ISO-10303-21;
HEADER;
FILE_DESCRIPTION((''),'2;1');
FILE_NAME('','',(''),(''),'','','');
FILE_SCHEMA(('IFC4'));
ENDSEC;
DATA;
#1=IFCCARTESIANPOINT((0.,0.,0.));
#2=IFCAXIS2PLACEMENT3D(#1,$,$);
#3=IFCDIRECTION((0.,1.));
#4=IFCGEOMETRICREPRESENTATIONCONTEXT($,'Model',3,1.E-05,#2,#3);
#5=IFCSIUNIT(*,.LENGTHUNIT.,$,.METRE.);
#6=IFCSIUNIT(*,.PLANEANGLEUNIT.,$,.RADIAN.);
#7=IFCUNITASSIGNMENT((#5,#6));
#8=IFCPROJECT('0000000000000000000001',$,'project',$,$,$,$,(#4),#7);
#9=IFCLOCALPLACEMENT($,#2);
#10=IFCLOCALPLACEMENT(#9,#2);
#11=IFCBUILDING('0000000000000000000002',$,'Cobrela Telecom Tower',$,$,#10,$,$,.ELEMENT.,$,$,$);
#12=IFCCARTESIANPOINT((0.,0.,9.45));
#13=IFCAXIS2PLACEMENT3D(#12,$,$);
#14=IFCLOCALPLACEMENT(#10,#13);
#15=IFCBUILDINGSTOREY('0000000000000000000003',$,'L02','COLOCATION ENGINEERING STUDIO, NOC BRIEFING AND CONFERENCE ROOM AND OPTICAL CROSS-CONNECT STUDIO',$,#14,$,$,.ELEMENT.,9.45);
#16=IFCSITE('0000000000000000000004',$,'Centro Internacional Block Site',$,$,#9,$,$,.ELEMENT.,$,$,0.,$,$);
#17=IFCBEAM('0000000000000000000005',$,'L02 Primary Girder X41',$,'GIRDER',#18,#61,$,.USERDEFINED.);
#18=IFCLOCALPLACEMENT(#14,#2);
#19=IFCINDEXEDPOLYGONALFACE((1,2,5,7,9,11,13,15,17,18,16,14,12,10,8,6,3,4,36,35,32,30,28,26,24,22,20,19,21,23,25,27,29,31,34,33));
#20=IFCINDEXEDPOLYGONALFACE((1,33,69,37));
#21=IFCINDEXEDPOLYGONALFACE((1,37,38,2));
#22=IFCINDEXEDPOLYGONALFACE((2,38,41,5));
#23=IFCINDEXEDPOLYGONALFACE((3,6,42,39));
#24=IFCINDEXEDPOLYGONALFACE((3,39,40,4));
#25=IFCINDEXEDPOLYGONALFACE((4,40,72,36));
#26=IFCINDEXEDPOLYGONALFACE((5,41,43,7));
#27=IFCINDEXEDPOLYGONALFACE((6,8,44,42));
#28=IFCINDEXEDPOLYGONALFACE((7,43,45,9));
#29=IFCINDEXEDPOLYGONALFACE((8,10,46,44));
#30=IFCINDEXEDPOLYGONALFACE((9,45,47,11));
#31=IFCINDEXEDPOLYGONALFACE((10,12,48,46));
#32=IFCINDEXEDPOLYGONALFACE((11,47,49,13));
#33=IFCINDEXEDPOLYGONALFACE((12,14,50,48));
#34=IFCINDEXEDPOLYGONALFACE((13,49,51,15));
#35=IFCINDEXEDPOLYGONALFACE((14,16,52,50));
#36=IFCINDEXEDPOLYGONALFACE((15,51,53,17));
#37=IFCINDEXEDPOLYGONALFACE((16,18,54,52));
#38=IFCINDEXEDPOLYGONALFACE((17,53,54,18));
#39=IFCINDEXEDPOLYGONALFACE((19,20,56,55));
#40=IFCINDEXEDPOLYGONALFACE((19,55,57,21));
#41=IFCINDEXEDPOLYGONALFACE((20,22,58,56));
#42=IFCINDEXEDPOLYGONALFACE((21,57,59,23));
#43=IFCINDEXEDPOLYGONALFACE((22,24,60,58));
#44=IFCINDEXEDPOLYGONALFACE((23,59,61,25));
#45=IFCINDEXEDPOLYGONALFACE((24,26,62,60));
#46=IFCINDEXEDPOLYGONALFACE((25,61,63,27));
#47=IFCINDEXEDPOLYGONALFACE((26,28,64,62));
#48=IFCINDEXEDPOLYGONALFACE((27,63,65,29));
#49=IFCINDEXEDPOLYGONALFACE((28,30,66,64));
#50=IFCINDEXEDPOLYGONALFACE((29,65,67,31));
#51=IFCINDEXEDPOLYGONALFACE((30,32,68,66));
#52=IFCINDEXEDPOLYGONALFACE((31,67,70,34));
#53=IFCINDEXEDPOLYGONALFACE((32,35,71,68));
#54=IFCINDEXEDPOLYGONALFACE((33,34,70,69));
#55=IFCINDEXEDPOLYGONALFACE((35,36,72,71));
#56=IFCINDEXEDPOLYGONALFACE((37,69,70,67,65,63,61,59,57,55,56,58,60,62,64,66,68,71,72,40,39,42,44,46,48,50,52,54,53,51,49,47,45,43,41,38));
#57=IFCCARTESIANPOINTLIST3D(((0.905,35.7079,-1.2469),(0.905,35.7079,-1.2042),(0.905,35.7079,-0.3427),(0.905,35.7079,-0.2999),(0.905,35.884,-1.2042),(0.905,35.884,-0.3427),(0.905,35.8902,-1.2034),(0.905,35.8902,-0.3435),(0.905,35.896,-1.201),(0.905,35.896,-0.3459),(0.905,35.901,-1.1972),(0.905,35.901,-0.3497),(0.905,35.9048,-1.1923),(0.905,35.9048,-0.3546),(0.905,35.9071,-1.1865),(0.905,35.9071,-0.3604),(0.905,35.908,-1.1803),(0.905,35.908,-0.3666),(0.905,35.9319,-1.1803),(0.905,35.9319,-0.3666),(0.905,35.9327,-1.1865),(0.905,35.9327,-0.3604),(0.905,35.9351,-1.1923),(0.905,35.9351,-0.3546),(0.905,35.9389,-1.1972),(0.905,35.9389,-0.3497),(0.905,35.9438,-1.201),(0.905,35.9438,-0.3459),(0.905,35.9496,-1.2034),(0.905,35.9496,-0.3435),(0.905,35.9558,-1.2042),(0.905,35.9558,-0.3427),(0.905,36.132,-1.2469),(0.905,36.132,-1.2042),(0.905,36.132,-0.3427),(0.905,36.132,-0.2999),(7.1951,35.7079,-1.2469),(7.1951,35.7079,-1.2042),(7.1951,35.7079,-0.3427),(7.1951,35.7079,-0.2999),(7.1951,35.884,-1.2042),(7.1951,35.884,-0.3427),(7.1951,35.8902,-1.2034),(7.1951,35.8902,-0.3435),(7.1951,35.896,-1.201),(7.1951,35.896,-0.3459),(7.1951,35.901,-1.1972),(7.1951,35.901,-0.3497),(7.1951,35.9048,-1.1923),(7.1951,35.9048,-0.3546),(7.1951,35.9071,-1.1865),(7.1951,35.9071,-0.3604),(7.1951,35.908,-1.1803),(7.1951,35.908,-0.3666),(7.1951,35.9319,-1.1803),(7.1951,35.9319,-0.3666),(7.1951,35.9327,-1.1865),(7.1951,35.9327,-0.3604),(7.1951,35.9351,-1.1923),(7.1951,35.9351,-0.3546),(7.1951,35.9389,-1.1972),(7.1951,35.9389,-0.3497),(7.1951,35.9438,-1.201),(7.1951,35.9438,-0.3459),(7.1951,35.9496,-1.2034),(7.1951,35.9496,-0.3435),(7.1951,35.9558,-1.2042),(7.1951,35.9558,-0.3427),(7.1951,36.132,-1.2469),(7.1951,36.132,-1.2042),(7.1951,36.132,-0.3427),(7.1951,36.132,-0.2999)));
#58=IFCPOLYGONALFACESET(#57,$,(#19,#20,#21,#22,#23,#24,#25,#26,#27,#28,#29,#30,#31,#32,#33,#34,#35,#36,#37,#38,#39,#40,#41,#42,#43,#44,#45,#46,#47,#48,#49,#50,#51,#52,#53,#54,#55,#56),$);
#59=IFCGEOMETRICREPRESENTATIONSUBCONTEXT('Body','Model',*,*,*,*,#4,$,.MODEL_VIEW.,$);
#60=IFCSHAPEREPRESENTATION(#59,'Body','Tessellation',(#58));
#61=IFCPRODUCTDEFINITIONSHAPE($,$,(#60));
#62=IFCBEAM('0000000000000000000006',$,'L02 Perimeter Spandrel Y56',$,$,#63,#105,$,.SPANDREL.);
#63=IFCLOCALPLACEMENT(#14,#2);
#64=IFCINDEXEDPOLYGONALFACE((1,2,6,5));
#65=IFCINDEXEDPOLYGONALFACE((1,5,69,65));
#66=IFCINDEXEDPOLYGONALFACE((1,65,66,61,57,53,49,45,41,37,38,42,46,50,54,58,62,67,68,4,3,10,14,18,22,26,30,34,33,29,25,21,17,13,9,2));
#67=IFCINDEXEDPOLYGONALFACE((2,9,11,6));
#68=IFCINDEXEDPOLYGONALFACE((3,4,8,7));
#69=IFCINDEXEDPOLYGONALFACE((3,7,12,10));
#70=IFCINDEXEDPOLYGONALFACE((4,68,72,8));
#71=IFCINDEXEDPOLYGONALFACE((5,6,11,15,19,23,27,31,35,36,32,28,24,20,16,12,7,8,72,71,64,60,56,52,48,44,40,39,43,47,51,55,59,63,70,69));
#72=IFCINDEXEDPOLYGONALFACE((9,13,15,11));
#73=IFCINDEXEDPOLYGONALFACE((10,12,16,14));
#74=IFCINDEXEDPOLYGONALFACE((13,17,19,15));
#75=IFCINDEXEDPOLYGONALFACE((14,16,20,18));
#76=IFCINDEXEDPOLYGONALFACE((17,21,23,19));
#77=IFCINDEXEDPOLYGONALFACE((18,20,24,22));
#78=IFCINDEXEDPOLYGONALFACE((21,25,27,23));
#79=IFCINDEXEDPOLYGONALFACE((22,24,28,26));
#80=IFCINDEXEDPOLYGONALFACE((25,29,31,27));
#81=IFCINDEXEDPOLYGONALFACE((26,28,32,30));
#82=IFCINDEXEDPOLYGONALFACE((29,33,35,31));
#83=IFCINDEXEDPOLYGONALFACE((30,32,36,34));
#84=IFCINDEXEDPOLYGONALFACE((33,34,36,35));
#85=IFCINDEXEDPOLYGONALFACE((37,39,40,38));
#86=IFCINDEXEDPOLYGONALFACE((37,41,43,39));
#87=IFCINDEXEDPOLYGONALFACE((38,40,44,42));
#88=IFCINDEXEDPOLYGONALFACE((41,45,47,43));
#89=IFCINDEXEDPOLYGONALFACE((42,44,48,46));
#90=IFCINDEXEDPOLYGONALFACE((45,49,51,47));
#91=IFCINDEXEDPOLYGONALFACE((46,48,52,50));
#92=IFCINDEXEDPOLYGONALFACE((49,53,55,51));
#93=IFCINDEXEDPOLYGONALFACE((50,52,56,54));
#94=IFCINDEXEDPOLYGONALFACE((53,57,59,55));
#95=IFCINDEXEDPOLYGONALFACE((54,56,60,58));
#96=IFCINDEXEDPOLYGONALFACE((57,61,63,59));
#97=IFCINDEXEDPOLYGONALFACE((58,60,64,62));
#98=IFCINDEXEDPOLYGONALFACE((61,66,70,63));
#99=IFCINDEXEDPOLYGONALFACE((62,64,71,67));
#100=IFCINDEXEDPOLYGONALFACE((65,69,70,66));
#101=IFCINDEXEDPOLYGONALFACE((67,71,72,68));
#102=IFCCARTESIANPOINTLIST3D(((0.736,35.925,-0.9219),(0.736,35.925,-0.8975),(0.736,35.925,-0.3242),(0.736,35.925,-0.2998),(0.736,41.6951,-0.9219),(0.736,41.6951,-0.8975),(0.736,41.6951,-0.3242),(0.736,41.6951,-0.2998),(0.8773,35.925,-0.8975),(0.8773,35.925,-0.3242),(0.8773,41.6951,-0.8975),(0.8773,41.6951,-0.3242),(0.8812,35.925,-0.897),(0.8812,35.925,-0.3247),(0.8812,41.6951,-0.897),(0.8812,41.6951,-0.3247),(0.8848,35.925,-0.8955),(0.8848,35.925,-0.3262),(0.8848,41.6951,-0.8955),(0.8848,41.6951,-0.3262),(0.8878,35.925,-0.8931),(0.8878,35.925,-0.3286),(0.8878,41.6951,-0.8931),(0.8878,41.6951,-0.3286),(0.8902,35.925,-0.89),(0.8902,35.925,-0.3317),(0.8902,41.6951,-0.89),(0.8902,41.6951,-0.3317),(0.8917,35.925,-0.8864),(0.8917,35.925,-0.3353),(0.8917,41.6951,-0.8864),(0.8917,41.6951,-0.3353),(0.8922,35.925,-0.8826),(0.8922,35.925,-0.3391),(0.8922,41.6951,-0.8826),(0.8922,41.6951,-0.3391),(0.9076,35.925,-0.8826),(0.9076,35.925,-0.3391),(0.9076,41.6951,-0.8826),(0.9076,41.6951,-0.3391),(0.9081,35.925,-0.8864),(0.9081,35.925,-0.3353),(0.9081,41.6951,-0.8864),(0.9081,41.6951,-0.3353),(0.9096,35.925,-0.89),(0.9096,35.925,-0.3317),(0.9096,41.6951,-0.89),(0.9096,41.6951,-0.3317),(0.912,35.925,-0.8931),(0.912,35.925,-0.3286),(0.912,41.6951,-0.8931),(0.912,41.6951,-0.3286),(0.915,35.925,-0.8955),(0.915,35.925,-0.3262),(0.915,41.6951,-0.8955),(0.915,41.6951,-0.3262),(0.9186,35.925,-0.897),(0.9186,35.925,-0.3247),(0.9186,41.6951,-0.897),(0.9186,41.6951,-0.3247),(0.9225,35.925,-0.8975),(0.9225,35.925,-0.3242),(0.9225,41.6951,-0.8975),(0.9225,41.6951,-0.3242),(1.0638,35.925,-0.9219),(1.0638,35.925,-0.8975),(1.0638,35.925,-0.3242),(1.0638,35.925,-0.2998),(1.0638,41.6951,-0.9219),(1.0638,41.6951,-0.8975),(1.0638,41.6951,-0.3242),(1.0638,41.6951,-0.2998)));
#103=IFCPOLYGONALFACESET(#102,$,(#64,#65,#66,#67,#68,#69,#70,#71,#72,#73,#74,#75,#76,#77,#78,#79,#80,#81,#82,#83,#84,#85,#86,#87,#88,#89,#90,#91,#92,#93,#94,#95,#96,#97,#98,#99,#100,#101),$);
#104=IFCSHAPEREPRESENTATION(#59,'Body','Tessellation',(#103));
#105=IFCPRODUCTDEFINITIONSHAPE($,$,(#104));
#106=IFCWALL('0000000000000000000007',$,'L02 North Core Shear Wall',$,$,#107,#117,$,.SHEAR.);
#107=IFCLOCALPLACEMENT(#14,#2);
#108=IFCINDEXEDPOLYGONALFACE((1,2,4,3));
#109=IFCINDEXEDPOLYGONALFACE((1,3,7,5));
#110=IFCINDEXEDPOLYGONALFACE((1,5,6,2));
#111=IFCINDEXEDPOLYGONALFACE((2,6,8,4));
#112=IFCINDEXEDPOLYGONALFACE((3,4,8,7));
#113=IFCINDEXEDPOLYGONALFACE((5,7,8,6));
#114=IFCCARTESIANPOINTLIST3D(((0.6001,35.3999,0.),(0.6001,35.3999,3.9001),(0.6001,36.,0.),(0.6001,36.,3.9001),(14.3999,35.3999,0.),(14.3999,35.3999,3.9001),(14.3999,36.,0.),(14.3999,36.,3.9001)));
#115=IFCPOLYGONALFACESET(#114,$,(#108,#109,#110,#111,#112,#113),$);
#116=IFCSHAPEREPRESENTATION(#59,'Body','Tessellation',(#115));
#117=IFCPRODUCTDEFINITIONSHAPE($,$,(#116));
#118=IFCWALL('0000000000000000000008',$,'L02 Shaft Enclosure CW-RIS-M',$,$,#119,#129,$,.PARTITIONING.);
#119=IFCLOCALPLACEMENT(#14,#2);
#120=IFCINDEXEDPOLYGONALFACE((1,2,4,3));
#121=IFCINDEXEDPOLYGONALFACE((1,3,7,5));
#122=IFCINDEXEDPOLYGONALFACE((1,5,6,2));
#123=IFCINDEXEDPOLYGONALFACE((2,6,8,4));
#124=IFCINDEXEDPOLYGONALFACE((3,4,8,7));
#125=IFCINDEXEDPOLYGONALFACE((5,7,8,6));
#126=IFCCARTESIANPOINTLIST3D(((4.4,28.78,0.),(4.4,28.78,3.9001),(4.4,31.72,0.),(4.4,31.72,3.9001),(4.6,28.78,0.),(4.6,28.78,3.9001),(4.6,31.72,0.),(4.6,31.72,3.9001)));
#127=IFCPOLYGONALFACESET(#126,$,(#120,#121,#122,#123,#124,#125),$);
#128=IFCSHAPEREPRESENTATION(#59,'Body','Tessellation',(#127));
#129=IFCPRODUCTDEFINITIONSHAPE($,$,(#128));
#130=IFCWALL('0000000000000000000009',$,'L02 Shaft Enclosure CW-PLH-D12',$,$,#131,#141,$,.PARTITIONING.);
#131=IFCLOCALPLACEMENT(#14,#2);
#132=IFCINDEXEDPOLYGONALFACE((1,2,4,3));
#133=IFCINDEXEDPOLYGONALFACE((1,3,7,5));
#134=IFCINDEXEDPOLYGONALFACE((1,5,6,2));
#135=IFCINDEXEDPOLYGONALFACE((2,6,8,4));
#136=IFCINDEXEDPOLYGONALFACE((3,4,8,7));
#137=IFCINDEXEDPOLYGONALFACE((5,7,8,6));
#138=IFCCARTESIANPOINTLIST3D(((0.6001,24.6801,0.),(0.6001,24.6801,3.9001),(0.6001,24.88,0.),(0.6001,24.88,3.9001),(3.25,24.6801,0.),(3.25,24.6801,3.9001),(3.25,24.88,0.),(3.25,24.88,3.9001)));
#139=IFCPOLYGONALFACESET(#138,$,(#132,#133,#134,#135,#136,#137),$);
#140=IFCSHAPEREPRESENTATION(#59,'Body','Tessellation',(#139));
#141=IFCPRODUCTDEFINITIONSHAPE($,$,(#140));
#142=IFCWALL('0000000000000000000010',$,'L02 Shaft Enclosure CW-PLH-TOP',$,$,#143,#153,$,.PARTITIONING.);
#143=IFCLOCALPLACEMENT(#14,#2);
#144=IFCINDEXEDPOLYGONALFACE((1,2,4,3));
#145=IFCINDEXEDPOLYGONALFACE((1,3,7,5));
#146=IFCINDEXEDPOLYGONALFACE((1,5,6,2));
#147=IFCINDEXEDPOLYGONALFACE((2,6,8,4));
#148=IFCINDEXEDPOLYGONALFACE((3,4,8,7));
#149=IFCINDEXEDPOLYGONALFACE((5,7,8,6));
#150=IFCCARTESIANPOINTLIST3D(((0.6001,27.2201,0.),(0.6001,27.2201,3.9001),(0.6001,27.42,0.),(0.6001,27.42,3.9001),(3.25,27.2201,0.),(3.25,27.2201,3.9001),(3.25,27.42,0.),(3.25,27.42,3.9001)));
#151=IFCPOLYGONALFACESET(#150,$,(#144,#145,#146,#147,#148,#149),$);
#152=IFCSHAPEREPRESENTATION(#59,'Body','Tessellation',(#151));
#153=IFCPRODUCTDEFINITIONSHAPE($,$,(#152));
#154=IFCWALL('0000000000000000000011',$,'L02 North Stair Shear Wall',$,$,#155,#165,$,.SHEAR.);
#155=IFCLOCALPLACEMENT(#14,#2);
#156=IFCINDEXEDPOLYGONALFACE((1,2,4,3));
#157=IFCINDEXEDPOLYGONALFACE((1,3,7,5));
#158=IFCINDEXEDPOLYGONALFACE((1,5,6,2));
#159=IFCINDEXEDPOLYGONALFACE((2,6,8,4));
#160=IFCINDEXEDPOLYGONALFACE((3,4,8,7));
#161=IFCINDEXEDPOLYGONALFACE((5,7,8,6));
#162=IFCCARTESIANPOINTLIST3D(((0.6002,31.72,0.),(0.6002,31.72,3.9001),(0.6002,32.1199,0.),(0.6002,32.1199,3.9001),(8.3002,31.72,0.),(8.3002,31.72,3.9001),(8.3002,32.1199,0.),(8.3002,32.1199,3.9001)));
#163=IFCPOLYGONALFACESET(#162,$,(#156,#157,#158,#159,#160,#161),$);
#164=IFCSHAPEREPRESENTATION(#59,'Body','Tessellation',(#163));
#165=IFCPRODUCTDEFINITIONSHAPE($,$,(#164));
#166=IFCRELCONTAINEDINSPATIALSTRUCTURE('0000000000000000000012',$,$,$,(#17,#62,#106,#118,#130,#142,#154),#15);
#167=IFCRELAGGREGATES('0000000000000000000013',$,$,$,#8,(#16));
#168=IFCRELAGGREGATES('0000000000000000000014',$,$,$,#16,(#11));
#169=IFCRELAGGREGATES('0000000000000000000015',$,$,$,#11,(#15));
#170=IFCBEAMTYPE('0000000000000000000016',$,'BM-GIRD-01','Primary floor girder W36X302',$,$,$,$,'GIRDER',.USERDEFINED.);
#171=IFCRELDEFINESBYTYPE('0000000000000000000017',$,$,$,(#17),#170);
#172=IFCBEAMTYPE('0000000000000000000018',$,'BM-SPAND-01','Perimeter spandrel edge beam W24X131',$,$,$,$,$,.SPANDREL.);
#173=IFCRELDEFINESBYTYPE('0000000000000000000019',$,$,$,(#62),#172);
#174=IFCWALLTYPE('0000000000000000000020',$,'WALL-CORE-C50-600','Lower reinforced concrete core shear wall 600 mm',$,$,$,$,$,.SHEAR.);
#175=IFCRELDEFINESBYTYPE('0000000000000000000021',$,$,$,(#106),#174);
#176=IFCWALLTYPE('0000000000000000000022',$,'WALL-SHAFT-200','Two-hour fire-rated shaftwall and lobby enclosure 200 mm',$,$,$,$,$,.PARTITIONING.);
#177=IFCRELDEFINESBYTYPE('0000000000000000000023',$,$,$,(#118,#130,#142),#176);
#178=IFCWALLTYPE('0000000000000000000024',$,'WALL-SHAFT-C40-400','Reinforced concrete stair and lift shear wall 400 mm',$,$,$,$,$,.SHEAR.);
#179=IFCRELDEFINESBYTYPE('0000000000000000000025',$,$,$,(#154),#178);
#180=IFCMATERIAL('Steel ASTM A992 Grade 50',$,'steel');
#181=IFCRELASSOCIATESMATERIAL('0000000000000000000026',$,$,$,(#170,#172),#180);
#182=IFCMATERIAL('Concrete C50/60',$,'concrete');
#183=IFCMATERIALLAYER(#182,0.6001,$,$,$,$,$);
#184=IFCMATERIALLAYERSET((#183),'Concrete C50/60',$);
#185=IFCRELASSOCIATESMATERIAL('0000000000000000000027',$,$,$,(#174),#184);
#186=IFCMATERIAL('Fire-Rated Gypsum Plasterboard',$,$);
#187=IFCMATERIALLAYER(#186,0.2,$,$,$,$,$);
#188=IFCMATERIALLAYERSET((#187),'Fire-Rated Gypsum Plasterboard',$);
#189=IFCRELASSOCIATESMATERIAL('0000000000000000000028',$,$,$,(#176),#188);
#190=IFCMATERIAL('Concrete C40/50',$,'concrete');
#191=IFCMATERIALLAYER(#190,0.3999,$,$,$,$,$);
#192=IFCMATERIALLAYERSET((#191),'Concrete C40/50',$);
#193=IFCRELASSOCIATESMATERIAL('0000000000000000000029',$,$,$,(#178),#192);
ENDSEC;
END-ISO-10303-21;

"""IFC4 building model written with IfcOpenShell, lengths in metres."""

from ifc_helpers import new_model, si_unit, direction, frame, frame_2d, origin, origin_2d, place, context, subcontext, project, spatial, rectangle, i_section, extrude, material, layer, layer_set, material_profile, profile_set, type_object, element, save


model = new_model("IFC4")

# Units and contexts
model_context = context("Model", 3, precision=1e-05, world=origin(), true_north=direction((0.0, 1.0)))
body_context = subcontext(model_context, "Body", "Model", "MODEL_VIEW")
ifc_project = project(units=[si_unit("LENGTHUNIT", "METRE"), si_unit("PLANEANGLEUNIT", "RADIAN")], contexts=[model_context])

# Site, building, storey
site_placement = place(None, origin())
site = spatial("IfcSite", under=ifc_project, at=site_placement, Name="Centro Internacional Block Site", CompositionType="ELEMENT", RefElevation=0.0)
building_placement = place(site_placement, origin())
building = spatial("IfcBuilding", under=site, at=building_placement, Name="Cobrela Telecom Tower", CompositionType="ELEMENT")
storey_placement = place(building_placement, frame((0.0, 0.0, 9.45)))
storey = spatial("IfcBuildingStorey", under=building, at=storey_placement, Name="L02", Description="COLOCATION ENGINEERING STUDIO, NOC BRIEFING AND CONFERENCE ROOM AND OPTICAL CROSS-CONNECT STUDIO", CompositionType="ELEMENT", Elevation=9.45)

# Beams
ifc_material_1 = material(Name="Steel ASTM A992 Grade 50", Category="steel")
ifc_material_profile_1 = material_profile(ifc_material_1, i_section(OverallWidth=0.4241, OverallDepth=0.947, WebThickness=0.0239, FlangeThickness=0.0427, FilletRadius=0.0239, at=origin_2d()), Name="W36X302")
ifc_profile_set_1 = profile_set([ifc_material_profile_1], Name="Steel ASTM A992 Grade 50")
beam_type_1 = type_object("IfcBeamType", Name="BM-GIRD-01", Description="Primary floor girder W36X302", ElementType="GIRDER", PredefinedType="USERDEFINED", material=ifc_profile_set_1)
beam_1_placement = place(storey_placement, frame((0.905, 35.9199, -0.7734), z_axis=(1.0, 0.0, 0.0), x_axis=(0.0, 1.0, 0.0)))
element("IfcBeam", 1, at=beam_1_placement, inside=storey, type_object=beam_type_1, Name="L02 Primary Girder X41", ObjectType="GIRDER", PredefinedType="USERDEFINED", context=body_context, shape_type="SweptSolid", body=[
    extrude(i_section(OverallWidth=0.4241, OverallDepth=0.947, WebThickness=0.0239, FlangeThickness=0.0427, FilletRadius=0.0239, at=origin_2d()), origin(), (0.0, 0.0, 1.0), 6.29),
])
ifc_material_profile_2 = material_profile(ifc_material_1, i_section(OverallWidth=0.3279, OverallDepth=0.6221, WebThickness=0.0154, FlangeThickness=0.0244, FilletRadius=0.0149, at=origin_2d()), Name="W24X131")
ifc_profile_set_2 = profile_set([ifc_material_profile_2], Name="Steel ASTM A992 Grade 50")
beam_type_2 = type_object("IfcBeamType", Name="BM-SPAND-01", Description="Perimeter spandrel edge beam W24X131", PredefinedType="SPANDREL", material=ifc_profile_set_2)
beam_2_placement = place(storey_placement, frame((0.8999, 35.925, -0.6108), z_axis=(0.0, 1.0, 0.0), x_axis=(-1.0, 0.0, 0.0)))
element("IfcBeam", 2, at=beam_2_placement, inside=storey, type_object=beam_type_2, Name="L02 Perimeter Spandrel Y56", PredefinedType="SPANDREL", context=body_context, shape_type="SweptSolid", body=[
    extrude(i_section(OverallWidth=0.3279, OverallDepth=0.6221, WebThickness=0.0154, FlangeThickness=0.0244, FilletRadius=0.0149, at=origin_2d()), origin(), (0.0, 0.0, 1.0), 5.77),
])

# Wall
ifc_material_2 = material(Name="Concrete C50/60", Category="concrete")
ifc_layer_1 = layer(ifc_material_2, 0.6001)
ifc_layer_set_1 = layer_set([ifc_layer_1], Name="Concrete C50/60")
wall_type_1 = type_object("IfcWallType", Name="WALL-CORE-C50-600", Description="Lower reinforced concrete core shear wall 600 mm", PredefinedType="SHEAR", material=ifc_layer_set_1)
wall_1_placement = place(storey_placement, frame((0.6001, 35.7, 0.0), z_axis=(0.0, 0.0, 1.0), x_axis=(1.0, 0.0, 0.0)))
element("IfcWall", 3, at=wall_1_placement, inside=storey, type_object=wall_type_1, Name="L02 North Core Shear Wall", PredefinedType="SHEAR", context=body_context, shape_type="SweptSolid", body=[
    extrude(rectangle(XDim=13.7998, YDim=0.6001, at=frame_2d((6.8999, 0.0))), origin(), (0.0, 0.0, 1.0), 3.9001),
])

# Shared definitions
ifc_material_3 = material(Name="Fire-Rated Gypsum Plasterboard")
ifc_layer_2 = layer(ifc_material_3, 0.2)
ifc_layer_set_2 = layer_set([ifc_layer_2], Name="Fire-Rated Gypsum Plasterboard")
wall_type_2 = type_object("IfcWallType", Name="WALL-SHAFT-200", Description="Two-hour fire-rated shaftwall and lobby enclosure 200 mm", PredefinedType="PARTITIONING", material=ifc_layer_set_2)

# Walls
wall_2_placement = place(storey_placement, frame((4.5, 28.78, 0.0), z_axis=(0.0, 0.0, 1.0), x_axis=(0.0, 1.0, 0.0)))
element("IfcWall", 4, at=wall_2_placement, inside=storey, type_object=wall_type_2, Name="L02 Shaft Enclosure CW-RIS-M", PredefinedType="PARTITIONING", context=body_context, shape_type="SweptSolid", body=[
    extrude(rectangle(XDim=2.9399, YDim=0.2, at=frame_2d((1.47, 0.0))), origin(), (0.0, 0.0, 1.0), 3.9001),
])
for number, where, z_axis, x_axis, name in (
    (5, (0.6001, 24.78, 0.0), (0.0, 0.0, 1.0), (1.0, 0.0, 0.0), "L02 Shaft Enclosure CW-PLH-D12"),
    (6, (0.6001, 27.3201, 0.0), (0.0, 0.0, 1.0), (1.0, 0.0, 0.0), "L02 Shaft Enclosure CW-PLH-TOP"),
):
    element("IfcWall", number, at=place(storey_placement, frame(where, z_axis=z_axis, x_axis=x_axis)), inside=storey, type_object=wall_type_2, Name=name, PredefinedType="PARTITIONING", context=body_context, shape_type="SweptSolid", body=[
        extrude(rectangle(XDim=2.6499, YDim=0.2, at=frame_2d((1.325, 0.0))), origin(), (0.0, 0.0, 1.0), 3.9001),
    ])
ifc_material_4 = material(Name="Concrete C40/50", Category="concrete")
ifc_layer_3 = layer(ifc_material_4, 0.3999)
ifc_layer_set_3 = layer_set([ifc_layer_3], Name="Concrete C40/50")
wall_type_3 = type_object("IfcWallType", Name="WALL-SHAFT-C40-400", Description="Reinforced concrete stair and lift shear wall 400 mm", PredefinedType="SHEAR", material=ifc_layer_set_3)
wall_3_placement = place(storey_placement, frame((0.6001, 31.9199, 0.0), z_axis=(0.0, 0.0, 1.0), x_axis=(1.0, 0.0, 0.0)))
element("IfcWall", 7, at=wall_3_placement, inside=storey, type_object=wall_type_3, Name="L02 North Stair Shear Wall", PredefinedType="SHEAR", context=body_context, shape_type="SweptSolid", body=[
    extrude(rectangle(XDim=7.7, YDim=0.3999, at=frame_2d((3.8501, 0.0))), origin(), (0.0, 0.0, 1.0), 3.9001),
])

save(model, "model.ifc")
